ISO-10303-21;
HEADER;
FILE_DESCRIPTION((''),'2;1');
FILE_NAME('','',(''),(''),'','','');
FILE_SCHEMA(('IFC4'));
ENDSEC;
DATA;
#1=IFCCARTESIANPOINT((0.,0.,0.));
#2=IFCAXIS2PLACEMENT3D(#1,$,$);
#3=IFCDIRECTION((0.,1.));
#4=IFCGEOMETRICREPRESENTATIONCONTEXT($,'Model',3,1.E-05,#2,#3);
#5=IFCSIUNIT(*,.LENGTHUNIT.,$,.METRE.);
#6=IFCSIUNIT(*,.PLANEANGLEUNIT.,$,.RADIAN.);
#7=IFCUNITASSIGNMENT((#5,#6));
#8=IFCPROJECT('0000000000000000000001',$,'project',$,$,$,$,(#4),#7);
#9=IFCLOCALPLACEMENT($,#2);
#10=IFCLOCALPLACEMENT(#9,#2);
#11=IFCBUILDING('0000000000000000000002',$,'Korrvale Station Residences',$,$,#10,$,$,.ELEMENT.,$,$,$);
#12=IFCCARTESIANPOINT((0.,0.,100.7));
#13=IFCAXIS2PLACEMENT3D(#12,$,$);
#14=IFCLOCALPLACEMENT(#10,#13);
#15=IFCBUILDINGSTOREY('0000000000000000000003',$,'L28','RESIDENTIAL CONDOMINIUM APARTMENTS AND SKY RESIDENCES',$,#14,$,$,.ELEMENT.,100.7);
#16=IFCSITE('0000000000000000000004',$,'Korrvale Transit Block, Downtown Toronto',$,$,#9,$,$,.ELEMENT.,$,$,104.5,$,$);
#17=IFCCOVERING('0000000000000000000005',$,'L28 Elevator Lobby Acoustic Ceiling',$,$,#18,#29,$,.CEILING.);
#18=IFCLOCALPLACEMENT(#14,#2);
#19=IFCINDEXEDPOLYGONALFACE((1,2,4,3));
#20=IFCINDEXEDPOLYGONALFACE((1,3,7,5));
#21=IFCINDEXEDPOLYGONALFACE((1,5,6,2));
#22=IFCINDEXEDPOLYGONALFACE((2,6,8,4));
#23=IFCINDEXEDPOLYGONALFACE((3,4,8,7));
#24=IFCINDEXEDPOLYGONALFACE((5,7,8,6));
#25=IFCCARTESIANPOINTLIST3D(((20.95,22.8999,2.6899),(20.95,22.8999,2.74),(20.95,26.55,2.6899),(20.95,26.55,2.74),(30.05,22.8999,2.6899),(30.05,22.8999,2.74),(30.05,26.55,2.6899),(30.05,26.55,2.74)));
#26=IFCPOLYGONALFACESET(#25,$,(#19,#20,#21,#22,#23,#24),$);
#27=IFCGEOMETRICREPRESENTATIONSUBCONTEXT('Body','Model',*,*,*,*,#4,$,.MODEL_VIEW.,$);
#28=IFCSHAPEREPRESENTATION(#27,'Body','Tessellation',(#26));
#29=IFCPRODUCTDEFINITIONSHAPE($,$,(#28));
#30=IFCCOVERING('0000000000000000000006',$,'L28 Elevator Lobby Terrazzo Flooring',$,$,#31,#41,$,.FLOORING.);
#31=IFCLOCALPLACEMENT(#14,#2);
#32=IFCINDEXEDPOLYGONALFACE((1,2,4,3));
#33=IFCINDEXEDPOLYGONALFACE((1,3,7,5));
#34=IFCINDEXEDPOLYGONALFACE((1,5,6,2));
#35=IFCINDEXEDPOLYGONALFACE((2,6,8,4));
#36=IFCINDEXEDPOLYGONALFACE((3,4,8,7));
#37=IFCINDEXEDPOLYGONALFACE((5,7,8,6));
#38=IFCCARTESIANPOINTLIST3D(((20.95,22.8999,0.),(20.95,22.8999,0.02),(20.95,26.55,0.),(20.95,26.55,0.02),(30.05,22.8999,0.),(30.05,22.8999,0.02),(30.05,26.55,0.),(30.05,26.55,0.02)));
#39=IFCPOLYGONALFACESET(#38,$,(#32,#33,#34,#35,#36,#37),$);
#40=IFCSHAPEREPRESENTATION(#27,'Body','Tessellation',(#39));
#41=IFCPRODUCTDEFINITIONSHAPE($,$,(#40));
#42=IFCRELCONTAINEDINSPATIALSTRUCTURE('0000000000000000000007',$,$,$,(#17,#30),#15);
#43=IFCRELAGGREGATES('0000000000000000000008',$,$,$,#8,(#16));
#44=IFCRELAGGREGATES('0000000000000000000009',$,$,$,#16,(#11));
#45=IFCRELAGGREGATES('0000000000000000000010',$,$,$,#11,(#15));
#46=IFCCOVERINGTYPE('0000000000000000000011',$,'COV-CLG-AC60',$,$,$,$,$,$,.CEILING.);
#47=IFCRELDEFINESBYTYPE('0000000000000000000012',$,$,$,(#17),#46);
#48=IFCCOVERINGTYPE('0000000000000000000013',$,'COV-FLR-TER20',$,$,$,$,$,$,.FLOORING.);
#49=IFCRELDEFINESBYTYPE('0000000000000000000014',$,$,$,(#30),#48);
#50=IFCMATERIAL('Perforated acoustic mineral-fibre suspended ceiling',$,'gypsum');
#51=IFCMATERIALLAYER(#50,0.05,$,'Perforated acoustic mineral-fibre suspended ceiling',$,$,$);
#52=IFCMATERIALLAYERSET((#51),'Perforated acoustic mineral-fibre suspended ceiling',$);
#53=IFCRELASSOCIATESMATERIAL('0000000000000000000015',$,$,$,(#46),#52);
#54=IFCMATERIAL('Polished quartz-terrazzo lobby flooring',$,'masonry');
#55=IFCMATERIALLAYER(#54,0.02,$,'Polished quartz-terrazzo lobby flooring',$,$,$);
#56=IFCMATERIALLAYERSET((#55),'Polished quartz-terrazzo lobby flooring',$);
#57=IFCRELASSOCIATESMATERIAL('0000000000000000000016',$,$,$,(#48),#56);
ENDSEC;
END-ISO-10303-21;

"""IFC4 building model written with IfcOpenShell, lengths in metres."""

from ifc_helpers import new_model, si_unit, direction, frame, origin, place, context, subcontext, project, spatial, polyline, outline, extrude, material, layer, layer_set, type_object, element, save


model = new_model("IFC4")

# Units and contexts
model_context = context("Model", 3, precision=1e-05, world=origin(), true_north=direction((0.0, 1.0)))
body_context = subcontext(model_context, "Body", "Model", "MODEL_VIEW")
ifc_project = project(units=[si_unit("LENGTHUNIT", "METRE"), si_unit("PLANEANGLEUNIT", "RADIAN")], contexts=[model_context])

# Site, building, storey
site_placement = place(None, origin())
site = spatial("IfcSite", under=ifc_project, at=site_placement, Name="Korrvale Transit Block, Downtown Toronto", CompositionType="ELEMENT", RefElevation=104.5)
building_placement = place(site_placement, origin())
building = spatial("IfcBuilding", under=site, at=building_placement, Name="Korrvale Station Residences", CompositionType="ELEMENT")
storey_placement = place(building_placement, frame((0.0, 0.0, 100.7)))
storey = spatial("IfcBuildingStorey", under=building, at=storey_placement, Name="L28", Description="RESIDENTIAL CONDOMINIUM APARTMENTS AND SKY RESIDENCES", CompositionType="ELEMENT", Elevation=100.7)

# Coverings
ifc_material_1 = material(Name="Perforated acoustic mineral-fibre suspended ceiling", Category="gypsum")
ifc_layer_1 = layer(ifc_material_1, 0.05, Name="Perforated acoustic mineral-fibre suspended ceiling")
ifc_layer_set_1 = layer_set([ifc_layer_1], Name="Perforated acoustic mineral-fibre suspended ceiling")
covering_type_1 = type_object("IfcCoveringType", Name="COV-CLG-AC60", PredefinedType="CEILING", material=ifc_layer_set_1)
covering_1_placement = place(storey_placement, frame((0.0, 0.0, 2.6899)))
element("IfcCovering", 1, at=covering_1_placement, inside=storey, type_object=covering_type_1, Name="L28 Elevator Lobby Acoustic Ceiling", PredefinedType="CEILING", context=body_context, shape_type="SweptSolid", body=[
    extrude(outline(polyline([(20.95, 22.8999), (30.05, 22.8999), (30.05, 26.55), (20.95, 26.55), (20.95, 22.8999)])), origin(), (0.0, 0.0, 1.0), 0.05),
])
ifc_material_2 = material(Name="Polished quartz-terrazzo lobby flooring", Category="masonry")
ifc_layer_2 = layer(ifc_material_2, 0.02, Name="Polished quartz-terrazzo lobby flooring")
ifc_layer_set_2 = layer_set([ifc_layer_2], Name="Polished quartz-terrazzo lobby flooring")
covering_type_2 = type_object("IfcCoveringType", Name="COV-FLR-TER20", PredefinedType="FLOORING", material=ifc_layer_set_2)
covering_2_placement = place(storey_placement, origin())
element("IfcCovering", 2, at=covering_2_placement, inside=storey, type_object=covering_type_2, Name="L28 Elevator Lobby Terrazzo Flooring", PredefinedType="FLOORING", context=body_context, shape_type="SweptSolid", body=[
    extrude(outline(polyline([(20.95, 22.8999), (30.05, 22.8999), (30.05, 26.55), (20.95, 26.55), (20.95, 22.8999)])), origin(), (0.0, 0.0, 1.0), 0.02),
])

save(model, "model.ifc")
